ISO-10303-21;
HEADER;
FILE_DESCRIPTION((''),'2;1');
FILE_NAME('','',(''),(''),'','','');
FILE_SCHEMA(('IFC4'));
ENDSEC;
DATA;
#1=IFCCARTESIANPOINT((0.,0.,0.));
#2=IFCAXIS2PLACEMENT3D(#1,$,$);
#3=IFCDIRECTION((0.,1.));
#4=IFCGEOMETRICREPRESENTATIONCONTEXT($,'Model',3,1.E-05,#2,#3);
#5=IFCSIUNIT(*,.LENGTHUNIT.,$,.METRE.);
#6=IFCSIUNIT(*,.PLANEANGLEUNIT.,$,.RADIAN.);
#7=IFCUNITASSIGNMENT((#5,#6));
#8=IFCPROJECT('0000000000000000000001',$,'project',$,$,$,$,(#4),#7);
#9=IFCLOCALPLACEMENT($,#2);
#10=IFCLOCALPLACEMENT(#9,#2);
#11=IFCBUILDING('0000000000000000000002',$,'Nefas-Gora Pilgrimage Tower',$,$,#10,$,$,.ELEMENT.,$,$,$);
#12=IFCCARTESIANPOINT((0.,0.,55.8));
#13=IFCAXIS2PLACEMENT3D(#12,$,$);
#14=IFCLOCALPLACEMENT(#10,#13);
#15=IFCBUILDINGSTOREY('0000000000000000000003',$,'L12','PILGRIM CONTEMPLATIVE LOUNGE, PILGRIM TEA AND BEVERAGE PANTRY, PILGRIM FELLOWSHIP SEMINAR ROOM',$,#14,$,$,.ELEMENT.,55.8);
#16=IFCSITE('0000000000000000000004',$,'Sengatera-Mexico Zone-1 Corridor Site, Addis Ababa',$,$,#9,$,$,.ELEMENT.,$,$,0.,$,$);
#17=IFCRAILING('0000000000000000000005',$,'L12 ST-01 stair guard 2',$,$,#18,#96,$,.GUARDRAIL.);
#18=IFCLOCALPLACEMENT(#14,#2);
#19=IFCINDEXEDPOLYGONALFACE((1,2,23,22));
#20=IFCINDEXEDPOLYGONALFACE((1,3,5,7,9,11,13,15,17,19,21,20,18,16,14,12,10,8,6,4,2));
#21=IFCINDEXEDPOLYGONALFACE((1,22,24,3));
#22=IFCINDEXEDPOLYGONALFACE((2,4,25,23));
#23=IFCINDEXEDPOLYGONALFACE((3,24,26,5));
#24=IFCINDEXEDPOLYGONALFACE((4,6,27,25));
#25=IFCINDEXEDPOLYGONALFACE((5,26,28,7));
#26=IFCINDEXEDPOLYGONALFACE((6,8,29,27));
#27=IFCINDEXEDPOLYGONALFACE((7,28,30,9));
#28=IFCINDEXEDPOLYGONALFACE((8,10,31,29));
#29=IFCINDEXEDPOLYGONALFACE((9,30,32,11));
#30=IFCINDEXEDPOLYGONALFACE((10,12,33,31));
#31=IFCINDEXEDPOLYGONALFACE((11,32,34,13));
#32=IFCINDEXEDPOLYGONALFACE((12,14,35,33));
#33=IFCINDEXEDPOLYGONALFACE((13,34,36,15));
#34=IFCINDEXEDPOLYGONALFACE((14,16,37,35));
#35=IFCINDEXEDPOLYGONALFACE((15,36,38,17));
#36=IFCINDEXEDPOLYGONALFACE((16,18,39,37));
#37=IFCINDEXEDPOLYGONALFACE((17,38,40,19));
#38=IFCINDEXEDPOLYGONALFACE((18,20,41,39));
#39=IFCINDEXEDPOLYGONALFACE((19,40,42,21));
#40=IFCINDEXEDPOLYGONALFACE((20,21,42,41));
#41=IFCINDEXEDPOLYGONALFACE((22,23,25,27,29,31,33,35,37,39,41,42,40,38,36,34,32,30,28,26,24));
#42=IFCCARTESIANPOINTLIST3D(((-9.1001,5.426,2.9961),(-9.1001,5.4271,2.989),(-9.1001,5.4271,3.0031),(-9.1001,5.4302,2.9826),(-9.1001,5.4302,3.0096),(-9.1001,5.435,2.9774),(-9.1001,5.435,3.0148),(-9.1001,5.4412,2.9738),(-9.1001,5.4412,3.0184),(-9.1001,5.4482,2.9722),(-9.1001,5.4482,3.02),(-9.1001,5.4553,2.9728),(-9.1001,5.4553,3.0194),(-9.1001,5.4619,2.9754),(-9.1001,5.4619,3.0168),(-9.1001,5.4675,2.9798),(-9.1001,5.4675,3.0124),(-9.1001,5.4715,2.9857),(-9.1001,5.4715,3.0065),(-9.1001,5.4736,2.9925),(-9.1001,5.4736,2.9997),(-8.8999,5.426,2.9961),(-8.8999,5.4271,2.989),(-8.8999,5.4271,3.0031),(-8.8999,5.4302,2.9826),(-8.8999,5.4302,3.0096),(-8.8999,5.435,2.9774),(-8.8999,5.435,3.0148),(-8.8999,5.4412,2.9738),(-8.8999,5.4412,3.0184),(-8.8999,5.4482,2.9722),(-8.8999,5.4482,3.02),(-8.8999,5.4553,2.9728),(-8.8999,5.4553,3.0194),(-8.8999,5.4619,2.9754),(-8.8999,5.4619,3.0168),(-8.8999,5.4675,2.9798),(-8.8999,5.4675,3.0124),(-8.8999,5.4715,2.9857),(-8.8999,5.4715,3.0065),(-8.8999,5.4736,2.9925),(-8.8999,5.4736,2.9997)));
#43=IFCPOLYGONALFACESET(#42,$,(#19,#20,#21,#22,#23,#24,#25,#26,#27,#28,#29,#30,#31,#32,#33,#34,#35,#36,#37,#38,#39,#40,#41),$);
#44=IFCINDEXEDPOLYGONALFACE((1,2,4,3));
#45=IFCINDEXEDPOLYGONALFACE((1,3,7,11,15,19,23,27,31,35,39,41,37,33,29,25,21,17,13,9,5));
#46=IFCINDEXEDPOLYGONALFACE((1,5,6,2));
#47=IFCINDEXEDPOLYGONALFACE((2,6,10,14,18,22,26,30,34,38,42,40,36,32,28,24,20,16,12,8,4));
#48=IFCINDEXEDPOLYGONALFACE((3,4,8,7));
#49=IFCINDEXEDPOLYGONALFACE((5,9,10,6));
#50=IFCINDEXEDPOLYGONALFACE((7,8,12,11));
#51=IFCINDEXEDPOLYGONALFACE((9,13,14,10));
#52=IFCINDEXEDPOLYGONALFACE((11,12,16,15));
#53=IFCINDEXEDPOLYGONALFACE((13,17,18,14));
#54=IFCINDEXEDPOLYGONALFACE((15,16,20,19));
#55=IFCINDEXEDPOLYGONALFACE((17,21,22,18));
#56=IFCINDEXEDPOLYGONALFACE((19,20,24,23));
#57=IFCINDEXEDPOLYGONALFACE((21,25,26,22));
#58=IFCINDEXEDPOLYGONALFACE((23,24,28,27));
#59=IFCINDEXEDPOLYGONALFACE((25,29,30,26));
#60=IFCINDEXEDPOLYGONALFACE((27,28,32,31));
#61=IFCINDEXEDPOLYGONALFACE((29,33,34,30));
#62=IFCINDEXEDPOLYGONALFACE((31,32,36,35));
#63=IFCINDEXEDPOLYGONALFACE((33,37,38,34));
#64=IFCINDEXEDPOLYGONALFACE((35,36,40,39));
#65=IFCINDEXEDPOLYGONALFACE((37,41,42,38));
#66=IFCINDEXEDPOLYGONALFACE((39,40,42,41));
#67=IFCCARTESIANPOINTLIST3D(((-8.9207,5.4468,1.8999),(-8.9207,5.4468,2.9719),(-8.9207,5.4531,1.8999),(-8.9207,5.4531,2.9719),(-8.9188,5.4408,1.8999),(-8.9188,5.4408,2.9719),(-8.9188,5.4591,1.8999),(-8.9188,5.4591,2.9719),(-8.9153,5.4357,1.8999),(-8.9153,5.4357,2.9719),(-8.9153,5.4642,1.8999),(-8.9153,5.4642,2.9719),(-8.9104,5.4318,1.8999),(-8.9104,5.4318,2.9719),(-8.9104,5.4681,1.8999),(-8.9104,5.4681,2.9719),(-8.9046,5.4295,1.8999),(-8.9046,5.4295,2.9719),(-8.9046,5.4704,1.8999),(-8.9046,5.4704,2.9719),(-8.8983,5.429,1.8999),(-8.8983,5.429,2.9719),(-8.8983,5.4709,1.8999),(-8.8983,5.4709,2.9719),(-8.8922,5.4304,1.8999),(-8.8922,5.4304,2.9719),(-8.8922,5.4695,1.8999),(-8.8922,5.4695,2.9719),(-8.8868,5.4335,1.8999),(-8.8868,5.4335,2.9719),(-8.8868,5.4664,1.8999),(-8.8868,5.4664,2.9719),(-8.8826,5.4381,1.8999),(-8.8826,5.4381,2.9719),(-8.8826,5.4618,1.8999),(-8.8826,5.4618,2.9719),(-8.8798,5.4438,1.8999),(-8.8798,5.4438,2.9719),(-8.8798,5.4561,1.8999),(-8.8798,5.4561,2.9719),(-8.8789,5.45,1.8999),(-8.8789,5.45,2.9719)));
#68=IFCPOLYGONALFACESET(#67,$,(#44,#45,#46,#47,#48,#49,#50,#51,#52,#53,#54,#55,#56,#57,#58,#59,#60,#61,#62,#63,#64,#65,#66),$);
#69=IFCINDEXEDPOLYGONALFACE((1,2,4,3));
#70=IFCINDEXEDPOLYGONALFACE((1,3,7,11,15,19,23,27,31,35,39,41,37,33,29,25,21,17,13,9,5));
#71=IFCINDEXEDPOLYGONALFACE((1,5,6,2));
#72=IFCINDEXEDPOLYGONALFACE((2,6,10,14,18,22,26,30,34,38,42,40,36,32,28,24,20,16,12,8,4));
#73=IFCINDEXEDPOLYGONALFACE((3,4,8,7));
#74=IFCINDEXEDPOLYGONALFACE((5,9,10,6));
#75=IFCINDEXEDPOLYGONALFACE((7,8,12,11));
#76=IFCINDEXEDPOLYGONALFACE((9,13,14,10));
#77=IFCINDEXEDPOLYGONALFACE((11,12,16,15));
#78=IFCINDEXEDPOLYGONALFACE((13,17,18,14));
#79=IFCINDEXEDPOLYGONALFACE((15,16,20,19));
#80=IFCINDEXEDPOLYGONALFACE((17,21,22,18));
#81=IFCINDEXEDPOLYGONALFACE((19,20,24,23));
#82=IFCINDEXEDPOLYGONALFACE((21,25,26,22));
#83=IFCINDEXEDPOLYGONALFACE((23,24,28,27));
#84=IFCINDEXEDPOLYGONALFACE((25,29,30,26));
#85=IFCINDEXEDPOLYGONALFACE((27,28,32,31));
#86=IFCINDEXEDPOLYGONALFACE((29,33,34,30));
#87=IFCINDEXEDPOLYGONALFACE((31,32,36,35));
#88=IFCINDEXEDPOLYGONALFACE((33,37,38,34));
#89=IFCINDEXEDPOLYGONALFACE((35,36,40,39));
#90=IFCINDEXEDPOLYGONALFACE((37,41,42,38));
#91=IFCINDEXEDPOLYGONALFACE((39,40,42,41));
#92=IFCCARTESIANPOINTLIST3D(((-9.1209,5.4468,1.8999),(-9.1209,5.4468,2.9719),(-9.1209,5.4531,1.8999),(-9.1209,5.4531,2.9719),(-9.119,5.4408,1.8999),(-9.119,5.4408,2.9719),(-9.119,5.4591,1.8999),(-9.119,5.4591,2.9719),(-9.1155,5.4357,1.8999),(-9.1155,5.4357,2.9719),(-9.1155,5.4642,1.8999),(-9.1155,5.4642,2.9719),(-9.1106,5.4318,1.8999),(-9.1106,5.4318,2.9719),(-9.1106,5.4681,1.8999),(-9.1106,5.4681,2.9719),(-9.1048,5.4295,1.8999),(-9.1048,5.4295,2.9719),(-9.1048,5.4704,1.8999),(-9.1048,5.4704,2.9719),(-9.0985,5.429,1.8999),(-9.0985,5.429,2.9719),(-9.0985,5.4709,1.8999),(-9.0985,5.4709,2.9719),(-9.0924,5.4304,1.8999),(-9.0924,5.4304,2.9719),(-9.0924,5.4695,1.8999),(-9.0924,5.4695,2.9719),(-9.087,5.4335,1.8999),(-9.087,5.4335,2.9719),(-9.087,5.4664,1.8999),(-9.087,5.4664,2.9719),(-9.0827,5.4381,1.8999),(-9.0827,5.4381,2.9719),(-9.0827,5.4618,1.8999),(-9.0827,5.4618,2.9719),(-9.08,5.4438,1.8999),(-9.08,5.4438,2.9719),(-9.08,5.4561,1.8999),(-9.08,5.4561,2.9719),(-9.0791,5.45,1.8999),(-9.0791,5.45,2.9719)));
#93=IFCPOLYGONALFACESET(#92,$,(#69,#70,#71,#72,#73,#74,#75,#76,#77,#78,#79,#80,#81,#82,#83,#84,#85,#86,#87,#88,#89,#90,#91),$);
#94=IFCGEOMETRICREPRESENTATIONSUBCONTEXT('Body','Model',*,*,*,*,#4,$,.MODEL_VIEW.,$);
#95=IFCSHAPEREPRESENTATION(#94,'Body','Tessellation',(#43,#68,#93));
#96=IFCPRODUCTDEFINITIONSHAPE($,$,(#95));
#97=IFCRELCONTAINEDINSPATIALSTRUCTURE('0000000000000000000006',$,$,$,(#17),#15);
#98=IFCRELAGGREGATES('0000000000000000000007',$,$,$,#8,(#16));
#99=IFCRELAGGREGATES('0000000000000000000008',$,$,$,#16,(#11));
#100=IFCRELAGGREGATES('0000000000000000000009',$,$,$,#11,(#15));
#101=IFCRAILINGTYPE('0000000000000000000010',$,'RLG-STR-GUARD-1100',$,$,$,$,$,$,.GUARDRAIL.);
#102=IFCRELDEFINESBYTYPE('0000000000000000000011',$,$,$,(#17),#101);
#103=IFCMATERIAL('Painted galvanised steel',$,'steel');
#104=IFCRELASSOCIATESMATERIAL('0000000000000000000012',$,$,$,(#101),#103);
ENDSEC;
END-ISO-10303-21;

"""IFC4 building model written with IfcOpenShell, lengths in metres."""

from ifc_helpers import new_model, si_unit, direction, frame, origin, origin_2d, place, context, subcontext, project, spatial, circle, extrude, material, type_object, element, save


model = new_model("IFC4")

# Units and contexts
model_context = context("Model", 3, precision=1e-05, world=origin(), true_north=direction((0.0, 1.0)))
body_context = subcontext(model_context, "Body", "Model", "MODEL_VIEW")
ifc_project = project(units=[si_unit("LENGTHUNIT", "METRE"), si_unit("PLANEANGLEUNIT", "RADIAN")], contexts=[model_context])

# Site, building, storey
site_placement = place(None, origin())
site = spatial("IfcSite", under=ifc_project, at=site_placement, Name="Sengatera-Mexico Zone-1 Corridor Site, Addis Ababa", CompositionType="ELEMENT", RefElevation=0.0)
building_placement = place(site_placement, origin())
building = spatial("IfcBuilding", under=site, at=building_placement, Name="Nefas-Gora Pilgrimage Tower", CompositionType="ELEMENT")
storey_placement = place(building_placement, frame((0.0, 0.0, 55.8)))
storey = spatial("IfcBuildingStorey", under=building, at=storey_placement, Name="L12", Description="PILGRIM CONTEMPLATIVE LOUNGE, PILGRIM TEA AND BEVERAGE PANTRY, PILGRIM FELLOWSHIP SEMINAR ROOM", CompositionType="ELEMENT", Elevation=55.8)

# Railing
ifc_material_1 = material(Name="Painted galvanised steel", Category="steel")
railing_type_1 = type_object("IfcRailingType", Name="RLG-STR-GUARD-1100", PredefinedType="GUARDRAIL", material=ifc_material_1)
railing_1_placement = place(storey_placement, frame((-8.8999, 5.45, 1.8999)))
element("IfcRailing", 1, at=railing_1_placement, inside=storey, type_object=railing_type_1, Name="L12 ST-01 stair guard 2", PredefinedType="GUARDRAIL", context=body_context, shape_type="SweptSolid", body=[
    extrude(circle(Radius=0.0239, at=origin_2d()), frame((0.0, 0.0, 1.0962), z_axis=(-1.0, 0.0, 0.0), x_axis=(0.0, -1.0, 0.0)), (0.0, 0.0, 1.0), 0.2002),
    extrude(circle(Radius=0.021, at=origin_2d()), origin(), (0.0, 0.0, 1.0), 1.072),
    extrude(circle(Radius=0.021, at=origin_2d()), frame((-0.2002, 0.0, 0.0)), (0.0, 0.0, 1.0), 1.072),
])

save(model, "model.ifc")
